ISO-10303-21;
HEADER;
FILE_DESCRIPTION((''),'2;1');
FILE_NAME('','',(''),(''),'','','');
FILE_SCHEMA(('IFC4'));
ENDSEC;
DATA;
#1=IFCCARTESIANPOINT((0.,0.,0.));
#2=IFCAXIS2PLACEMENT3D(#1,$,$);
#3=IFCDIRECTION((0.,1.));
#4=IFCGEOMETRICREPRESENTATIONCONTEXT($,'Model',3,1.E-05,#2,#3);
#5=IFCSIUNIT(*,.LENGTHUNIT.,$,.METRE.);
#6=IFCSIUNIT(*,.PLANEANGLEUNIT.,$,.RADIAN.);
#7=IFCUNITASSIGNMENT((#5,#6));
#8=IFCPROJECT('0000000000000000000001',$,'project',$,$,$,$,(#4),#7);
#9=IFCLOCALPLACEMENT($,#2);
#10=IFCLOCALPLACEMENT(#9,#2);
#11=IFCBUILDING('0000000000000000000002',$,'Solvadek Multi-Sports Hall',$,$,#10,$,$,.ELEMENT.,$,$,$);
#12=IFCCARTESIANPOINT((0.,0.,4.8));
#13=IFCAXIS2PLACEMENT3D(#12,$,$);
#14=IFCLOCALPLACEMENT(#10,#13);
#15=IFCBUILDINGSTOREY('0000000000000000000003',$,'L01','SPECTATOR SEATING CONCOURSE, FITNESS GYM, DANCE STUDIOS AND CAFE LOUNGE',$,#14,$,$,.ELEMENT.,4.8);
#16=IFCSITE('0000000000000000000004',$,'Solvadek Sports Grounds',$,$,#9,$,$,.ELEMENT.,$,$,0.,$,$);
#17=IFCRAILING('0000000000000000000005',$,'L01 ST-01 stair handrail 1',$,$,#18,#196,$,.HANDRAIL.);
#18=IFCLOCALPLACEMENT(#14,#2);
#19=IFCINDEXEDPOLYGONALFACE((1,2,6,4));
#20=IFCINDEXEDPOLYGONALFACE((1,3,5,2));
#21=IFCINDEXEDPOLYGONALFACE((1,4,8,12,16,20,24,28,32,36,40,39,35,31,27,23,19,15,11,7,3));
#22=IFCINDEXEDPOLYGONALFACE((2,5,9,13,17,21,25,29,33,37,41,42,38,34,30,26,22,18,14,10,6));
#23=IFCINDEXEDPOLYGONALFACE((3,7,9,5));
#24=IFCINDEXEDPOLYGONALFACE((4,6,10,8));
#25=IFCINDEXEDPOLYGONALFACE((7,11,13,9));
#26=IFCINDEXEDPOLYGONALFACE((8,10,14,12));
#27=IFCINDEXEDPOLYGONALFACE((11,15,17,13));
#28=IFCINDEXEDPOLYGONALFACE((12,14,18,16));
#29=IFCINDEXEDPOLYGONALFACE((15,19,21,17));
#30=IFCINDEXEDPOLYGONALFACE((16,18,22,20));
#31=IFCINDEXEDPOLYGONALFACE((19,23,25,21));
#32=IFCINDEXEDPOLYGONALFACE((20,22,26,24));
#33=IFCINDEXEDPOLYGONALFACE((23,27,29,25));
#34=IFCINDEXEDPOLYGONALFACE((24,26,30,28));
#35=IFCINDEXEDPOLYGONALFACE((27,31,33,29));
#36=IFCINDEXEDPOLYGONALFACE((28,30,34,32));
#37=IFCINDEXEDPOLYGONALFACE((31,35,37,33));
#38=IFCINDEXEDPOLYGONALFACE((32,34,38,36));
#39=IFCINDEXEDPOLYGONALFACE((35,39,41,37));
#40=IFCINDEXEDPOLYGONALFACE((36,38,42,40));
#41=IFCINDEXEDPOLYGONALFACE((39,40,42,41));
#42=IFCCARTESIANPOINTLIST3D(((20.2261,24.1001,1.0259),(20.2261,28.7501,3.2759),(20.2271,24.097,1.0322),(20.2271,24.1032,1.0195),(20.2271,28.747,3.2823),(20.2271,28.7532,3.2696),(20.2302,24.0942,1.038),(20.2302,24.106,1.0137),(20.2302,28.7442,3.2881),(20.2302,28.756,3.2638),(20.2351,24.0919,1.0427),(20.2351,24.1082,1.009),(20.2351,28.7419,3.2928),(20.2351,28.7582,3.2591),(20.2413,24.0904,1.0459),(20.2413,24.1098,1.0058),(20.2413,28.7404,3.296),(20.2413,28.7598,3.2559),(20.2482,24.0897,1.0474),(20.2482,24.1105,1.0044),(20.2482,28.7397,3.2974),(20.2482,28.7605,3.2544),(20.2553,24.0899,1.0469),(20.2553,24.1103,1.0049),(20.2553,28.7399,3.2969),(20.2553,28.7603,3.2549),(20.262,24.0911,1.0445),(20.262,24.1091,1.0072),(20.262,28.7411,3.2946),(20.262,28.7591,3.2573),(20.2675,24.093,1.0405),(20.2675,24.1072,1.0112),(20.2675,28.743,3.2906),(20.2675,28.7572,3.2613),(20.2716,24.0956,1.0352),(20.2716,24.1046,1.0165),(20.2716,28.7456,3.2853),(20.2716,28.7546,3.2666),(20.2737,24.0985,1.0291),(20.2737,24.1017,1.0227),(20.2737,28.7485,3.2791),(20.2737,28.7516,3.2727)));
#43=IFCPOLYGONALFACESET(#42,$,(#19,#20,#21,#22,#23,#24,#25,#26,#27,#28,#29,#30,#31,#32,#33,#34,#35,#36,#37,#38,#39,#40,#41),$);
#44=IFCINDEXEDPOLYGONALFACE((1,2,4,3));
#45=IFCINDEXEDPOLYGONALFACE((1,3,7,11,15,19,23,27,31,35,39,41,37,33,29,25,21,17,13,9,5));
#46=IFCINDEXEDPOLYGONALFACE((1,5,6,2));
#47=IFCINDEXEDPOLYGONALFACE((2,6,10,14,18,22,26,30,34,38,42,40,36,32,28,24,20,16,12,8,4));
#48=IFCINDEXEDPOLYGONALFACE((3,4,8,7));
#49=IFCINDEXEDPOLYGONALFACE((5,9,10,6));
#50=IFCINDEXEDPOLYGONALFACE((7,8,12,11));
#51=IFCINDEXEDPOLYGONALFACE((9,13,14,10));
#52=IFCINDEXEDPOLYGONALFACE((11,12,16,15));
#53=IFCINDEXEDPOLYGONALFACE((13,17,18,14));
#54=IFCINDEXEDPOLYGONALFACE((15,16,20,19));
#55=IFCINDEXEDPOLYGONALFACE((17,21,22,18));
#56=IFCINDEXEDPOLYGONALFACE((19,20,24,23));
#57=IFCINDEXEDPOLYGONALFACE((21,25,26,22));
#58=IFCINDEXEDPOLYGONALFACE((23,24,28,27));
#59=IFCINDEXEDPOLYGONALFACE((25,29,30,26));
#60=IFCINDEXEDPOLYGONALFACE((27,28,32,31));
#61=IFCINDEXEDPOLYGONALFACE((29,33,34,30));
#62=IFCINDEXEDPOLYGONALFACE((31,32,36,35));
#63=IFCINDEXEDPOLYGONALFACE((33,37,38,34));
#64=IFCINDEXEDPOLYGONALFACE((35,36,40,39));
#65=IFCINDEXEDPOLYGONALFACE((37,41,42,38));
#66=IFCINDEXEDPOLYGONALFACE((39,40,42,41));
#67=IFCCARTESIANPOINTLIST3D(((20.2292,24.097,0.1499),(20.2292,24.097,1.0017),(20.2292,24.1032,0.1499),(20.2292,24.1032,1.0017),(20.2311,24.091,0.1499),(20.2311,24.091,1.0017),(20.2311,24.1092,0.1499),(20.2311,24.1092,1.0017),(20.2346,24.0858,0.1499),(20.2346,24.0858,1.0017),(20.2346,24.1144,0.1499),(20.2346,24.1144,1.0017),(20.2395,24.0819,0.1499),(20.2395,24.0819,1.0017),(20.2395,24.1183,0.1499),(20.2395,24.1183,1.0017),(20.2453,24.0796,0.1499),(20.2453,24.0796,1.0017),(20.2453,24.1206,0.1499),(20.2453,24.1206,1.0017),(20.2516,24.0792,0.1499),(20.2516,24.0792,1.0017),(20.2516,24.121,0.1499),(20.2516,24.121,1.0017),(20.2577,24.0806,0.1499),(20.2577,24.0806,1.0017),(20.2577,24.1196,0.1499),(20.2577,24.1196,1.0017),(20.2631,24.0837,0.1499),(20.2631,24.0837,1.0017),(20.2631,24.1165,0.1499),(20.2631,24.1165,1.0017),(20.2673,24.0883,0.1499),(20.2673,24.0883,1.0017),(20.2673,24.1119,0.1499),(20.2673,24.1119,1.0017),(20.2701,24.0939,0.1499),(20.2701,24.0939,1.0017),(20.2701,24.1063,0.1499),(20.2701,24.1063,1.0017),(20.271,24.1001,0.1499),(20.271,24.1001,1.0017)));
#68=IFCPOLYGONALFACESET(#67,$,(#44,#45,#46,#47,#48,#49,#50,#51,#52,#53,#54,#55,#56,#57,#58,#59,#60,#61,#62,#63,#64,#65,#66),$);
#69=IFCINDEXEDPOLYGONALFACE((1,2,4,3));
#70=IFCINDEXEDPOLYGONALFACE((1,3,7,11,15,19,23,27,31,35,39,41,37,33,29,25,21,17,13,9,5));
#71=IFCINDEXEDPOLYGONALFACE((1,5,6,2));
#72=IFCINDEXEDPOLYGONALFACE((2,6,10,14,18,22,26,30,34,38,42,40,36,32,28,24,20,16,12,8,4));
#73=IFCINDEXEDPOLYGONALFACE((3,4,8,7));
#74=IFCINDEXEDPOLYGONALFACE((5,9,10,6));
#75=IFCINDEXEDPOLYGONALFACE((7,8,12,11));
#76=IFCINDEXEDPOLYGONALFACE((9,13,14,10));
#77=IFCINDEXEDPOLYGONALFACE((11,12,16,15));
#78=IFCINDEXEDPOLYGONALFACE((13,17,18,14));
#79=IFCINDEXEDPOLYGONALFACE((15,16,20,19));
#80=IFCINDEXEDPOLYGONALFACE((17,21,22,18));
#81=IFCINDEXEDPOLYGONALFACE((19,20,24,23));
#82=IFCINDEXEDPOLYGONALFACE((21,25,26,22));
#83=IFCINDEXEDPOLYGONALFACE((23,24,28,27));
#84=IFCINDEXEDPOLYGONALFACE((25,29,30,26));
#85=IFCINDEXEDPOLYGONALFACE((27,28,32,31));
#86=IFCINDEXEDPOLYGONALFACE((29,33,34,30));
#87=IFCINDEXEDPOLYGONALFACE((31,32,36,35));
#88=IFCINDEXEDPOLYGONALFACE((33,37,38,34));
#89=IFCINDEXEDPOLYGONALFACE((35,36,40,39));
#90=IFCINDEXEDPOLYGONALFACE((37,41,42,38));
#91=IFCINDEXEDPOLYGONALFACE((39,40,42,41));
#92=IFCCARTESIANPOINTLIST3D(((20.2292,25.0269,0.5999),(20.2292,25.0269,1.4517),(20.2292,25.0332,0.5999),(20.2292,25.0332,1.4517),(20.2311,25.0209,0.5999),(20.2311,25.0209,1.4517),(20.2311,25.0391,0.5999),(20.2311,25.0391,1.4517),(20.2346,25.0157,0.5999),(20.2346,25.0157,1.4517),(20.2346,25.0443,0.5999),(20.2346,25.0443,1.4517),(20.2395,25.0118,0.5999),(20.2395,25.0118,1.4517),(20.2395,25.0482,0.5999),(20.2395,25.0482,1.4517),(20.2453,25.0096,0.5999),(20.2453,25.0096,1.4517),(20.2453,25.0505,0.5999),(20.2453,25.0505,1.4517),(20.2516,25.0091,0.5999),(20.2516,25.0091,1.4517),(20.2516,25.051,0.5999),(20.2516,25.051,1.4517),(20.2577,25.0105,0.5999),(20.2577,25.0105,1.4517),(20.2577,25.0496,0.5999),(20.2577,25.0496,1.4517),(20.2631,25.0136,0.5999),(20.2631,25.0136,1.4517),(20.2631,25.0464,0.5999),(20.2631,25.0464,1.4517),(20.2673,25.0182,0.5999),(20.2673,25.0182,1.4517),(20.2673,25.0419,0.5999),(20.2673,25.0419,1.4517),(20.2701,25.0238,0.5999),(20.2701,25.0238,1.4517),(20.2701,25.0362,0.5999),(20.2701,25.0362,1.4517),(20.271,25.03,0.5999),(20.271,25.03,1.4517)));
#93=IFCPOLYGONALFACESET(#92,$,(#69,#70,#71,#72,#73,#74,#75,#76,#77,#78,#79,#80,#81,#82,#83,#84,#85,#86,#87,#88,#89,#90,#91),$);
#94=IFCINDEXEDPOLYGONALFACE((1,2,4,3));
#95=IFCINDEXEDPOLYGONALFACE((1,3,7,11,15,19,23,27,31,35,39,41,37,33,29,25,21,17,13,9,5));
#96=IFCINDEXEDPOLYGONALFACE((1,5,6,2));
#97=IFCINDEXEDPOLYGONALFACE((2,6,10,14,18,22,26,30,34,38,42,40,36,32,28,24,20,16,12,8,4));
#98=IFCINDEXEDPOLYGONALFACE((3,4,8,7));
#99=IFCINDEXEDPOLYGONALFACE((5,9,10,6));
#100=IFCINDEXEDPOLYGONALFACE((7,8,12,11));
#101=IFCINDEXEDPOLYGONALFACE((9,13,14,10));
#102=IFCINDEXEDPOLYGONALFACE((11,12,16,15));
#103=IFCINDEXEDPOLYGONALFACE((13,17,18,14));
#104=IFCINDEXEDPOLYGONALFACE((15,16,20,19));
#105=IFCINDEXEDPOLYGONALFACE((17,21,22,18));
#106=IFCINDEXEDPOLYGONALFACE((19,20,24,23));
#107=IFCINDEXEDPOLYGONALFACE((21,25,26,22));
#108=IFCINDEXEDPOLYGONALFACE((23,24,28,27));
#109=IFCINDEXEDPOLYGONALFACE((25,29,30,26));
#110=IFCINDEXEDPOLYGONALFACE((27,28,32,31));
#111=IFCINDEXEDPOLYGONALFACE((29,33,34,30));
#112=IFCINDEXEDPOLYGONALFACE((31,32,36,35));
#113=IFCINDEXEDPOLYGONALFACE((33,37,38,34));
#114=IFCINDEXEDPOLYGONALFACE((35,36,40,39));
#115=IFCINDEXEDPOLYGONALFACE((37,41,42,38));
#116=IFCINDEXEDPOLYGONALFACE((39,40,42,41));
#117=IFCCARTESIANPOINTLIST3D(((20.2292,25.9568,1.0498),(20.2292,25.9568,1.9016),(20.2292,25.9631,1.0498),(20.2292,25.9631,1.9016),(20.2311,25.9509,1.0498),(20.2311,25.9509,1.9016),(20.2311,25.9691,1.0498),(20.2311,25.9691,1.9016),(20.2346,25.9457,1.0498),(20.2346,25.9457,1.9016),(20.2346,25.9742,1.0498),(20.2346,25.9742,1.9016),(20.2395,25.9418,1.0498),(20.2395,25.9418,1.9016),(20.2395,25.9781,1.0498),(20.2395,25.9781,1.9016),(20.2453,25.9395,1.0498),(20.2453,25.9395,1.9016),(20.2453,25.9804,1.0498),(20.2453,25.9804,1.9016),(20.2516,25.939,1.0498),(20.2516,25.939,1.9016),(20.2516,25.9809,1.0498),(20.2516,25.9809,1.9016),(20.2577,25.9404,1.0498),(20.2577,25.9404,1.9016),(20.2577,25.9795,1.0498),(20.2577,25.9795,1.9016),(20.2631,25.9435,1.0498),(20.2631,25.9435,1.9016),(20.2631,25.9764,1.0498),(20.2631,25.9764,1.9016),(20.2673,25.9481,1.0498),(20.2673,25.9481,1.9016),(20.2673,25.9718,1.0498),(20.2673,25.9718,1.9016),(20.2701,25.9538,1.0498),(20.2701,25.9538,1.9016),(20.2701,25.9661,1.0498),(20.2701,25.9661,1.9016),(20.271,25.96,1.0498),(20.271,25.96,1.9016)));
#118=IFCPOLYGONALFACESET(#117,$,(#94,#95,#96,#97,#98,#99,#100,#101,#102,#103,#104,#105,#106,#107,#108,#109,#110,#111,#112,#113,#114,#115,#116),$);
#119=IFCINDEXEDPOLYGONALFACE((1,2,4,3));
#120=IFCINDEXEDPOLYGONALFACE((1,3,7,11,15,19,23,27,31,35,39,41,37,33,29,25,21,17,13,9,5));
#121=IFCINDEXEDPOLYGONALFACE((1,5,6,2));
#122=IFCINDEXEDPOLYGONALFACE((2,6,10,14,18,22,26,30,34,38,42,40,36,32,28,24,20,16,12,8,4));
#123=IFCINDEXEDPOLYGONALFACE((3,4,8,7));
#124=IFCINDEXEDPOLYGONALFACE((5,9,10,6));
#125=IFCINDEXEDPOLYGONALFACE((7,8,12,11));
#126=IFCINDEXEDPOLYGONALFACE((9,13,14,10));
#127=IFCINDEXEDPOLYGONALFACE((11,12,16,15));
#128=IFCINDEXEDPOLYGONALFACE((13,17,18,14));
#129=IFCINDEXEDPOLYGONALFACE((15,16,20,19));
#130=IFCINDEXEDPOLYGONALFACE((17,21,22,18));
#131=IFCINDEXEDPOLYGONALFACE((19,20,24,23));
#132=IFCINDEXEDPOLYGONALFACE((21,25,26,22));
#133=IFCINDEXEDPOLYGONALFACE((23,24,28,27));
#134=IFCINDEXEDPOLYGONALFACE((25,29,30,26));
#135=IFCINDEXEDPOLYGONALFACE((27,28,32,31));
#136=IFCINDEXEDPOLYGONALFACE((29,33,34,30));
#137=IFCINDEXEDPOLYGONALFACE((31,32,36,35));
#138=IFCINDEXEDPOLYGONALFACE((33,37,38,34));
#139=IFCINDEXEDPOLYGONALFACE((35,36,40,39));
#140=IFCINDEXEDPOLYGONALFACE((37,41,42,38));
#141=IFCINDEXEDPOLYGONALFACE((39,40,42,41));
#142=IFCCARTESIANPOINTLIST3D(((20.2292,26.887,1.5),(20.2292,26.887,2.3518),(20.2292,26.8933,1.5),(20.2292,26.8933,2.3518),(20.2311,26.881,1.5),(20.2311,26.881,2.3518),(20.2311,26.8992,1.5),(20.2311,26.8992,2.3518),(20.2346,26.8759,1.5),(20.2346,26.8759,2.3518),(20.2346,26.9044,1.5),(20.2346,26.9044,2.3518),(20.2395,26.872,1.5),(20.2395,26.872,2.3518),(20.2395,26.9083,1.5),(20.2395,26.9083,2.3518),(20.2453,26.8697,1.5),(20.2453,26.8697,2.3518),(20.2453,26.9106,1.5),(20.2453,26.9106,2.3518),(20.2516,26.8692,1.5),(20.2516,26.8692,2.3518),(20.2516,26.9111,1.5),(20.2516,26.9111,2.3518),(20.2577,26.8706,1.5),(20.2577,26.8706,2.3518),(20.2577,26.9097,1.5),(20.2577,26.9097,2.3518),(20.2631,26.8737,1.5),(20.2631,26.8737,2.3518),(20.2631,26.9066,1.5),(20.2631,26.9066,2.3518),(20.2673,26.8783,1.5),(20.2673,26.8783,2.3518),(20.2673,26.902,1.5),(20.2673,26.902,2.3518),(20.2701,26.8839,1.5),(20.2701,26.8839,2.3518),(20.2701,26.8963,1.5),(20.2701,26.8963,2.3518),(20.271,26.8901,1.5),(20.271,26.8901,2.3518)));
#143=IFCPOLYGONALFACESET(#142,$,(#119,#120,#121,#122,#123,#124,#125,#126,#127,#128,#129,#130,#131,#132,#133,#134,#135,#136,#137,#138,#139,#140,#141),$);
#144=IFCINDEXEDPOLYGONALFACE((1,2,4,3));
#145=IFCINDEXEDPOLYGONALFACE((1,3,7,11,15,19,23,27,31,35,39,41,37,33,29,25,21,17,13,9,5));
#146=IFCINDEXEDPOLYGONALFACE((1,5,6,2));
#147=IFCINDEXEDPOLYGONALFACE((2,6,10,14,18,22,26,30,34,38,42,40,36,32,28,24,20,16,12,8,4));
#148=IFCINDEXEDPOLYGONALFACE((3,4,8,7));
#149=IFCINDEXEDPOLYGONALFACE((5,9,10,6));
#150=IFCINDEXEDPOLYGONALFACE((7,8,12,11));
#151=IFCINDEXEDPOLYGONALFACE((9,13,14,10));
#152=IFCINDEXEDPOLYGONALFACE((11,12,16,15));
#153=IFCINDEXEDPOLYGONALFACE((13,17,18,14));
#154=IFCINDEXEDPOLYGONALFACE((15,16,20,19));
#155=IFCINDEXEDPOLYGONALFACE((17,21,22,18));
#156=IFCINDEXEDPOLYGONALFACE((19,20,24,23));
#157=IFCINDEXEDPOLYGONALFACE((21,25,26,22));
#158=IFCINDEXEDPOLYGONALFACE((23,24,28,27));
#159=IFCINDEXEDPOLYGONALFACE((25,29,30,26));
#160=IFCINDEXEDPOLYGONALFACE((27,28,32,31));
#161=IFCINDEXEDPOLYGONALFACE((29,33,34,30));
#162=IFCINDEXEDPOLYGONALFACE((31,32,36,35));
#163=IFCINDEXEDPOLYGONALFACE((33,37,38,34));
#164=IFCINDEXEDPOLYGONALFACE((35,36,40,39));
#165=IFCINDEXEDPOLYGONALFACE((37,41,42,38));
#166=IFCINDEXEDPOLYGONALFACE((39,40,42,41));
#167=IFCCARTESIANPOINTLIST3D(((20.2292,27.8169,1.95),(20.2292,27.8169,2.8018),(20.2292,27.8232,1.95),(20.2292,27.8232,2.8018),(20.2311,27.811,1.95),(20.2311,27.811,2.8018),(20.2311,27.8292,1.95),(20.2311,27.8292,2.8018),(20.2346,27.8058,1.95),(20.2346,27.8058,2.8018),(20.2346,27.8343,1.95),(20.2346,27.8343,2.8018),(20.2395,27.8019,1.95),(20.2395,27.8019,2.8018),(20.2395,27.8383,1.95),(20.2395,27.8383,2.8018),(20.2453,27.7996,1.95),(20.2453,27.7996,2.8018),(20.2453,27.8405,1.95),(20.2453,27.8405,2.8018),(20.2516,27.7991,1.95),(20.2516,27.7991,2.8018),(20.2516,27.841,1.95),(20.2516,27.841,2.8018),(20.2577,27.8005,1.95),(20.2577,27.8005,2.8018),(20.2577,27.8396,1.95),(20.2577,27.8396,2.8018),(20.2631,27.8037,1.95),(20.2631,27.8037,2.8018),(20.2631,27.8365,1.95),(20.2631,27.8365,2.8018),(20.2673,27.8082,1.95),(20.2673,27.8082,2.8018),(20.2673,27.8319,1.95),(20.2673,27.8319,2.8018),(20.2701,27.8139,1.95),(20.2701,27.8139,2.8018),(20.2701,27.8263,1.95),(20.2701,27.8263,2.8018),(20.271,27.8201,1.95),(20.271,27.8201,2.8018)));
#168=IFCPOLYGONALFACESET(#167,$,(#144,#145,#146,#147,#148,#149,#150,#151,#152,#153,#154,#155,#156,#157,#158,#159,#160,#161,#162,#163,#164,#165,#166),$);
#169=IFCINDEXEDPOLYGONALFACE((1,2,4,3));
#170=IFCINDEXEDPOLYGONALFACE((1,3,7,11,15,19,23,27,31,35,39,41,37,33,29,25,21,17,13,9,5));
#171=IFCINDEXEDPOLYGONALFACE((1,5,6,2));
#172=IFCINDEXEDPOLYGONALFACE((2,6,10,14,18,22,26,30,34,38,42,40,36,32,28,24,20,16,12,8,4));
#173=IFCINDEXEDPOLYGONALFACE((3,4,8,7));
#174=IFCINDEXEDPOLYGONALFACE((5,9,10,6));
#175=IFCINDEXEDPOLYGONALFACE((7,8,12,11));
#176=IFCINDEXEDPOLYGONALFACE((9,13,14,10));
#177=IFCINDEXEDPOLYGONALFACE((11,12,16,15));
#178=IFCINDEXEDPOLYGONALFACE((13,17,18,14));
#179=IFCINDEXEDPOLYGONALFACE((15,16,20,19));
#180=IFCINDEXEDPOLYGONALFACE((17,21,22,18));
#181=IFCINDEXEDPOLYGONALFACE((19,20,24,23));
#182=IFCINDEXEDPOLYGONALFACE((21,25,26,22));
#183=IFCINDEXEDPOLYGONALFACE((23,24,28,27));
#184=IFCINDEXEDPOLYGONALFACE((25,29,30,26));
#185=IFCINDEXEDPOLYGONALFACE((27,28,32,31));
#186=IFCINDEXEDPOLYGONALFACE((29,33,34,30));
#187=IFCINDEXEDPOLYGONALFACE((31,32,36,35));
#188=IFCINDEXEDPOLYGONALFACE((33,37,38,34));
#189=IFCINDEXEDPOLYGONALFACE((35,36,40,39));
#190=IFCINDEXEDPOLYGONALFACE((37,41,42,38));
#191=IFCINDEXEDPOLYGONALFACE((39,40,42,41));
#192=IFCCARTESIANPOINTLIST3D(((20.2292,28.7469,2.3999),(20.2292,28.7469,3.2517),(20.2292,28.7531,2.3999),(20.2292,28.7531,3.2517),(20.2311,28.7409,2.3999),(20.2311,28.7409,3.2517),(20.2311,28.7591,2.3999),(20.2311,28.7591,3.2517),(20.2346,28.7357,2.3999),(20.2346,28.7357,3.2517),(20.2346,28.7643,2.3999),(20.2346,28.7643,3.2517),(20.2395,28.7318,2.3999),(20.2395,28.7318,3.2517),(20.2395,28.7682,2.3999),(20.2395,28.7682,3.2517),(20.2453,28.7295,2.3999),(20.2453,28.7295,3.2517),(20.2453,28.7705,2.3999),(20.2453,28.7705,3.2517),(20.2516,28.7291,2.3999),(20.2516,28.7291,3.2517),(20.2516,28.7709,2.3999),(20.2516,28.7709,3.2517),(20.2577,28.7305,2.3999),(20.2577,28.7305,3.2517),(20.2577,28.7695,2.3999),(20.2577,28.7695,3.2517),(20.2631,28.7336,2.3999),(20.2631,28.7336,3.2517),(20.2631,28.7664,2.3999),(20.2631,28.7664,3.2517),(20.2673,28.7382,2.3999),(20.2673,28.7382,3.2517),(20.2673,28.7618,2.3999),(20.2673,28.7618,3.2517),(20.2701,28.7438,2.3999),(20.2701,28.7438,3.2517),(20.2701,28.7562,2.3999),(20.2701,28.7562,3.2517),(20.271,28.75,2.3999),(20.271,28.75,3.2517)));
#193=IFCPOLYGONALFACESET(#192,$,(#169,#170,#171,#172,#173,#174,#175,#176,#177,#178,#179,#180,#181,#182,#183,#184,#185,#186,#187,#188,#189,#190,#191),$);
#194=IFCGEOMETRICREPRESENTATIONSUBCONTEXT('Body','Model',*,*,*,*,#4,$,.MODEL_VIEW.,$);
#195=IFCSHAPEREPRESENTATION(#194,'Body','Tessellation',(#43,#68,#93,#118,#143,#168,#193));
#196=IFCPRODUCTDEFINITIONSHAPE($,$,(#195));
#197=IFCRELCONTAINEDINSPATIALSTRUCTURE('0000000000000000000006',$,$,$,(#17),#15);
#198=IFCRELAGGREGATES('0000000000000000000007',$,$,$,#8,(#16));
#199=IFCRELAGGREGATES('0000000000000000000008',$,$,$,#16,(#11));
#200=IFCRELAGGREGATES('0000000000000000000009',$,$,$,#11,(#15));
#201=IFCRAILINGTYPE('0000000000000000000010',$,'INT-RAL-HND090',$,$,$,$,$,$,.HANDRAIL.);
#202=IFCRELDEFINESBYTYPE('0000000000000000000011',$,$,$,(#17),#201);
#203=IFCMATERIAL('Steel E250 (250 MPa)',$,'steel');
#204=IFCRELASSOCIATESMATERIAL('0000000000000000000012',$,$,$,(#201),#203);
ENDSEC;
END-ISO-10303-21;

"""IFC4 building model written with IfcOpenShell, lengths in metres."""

from ifc_helpers import new_model, si_unit, direction, frame, origin, origin_2d, place, context, subcontext, project, spatial, circle, extrude, material, type_object, element, save


model = new_model("IFC4")

# Units and contexts
model_context = context("Model", 3, precision=1e-05, world=origin(), true_north=direction((0.0, 1.0)))
body_context = subcontext(model_context, "Body", "Model", "MODEL_VIEW")
ifc_project = project(units=[si_unit("LENGTHUNIT", "METRE"), si_unit("PLANEANGLEUNIT", "RADIAN")], contexts=[model_context])

# Site, building, storey
site_placement = place(None, origin())
site = spatial("IfcSite", under=ifc_project, at=site_placement, Name="Solvadek Sports Grounds", CompositionType="ELEMENT", RefElevation=0.0)
building_placement = place(site_placement, origin())
building = spatial("IfcBuilding", under=site, at=building_placement, Name="Solvadek Multi-Sports Hall", CompositionType="ELEMENT")
storey_placement = place(building_placement, frame((0.0, 0.0, 4.8)))
storey = spatial("IfcBuildingStorey", under=building, at=storey_placement, Name="L01", Description="SPECTATOR SEATING CONCOURSE, FITNESS GYM, DANCE STUDIOS AND CAFE LOUNGE", CompositionType="ELEMENT", Elevation=4.8)

# Shared definitions
ifc_material_1 = material(Name="Steel E250 (250 MPa)", Category="steel")

# Railing
railing_type_1 = type_object("IfcRailingType", Name="INT-RAL-HND090", PredefinedType="HANDRAIL", material=ifc_material_1)
railing_1_placement = place(storey_placement, frame((20.25, 24.1001, 0.1499)))
element("IfcRailing", 1, at=railing_1_placement, inside=storey, type_object=railing_type_1, Name="L01 ST-01 stair handrail 1", PredefinedType="HANDRAIL", context=body_context, shape_type="SweptSolid", body=[
    extrude(circle(Radius=0.0239, at=origin_2d()), frame((0.0, 0.0, 0.876), z_axis=(0.0, 0.900156, 0.435568), x_axis=(-1.0, 0.0, 0.0)), (0.0, 0.0, 1.0), 5.1658),
    extrude(circle(Radius=0.021, at=origin_2d()), origin(), (0.0, 0.0, 1.0), 0.8518),
    extrude(circle(Radius=0.021, at=origin_2d()), frame((0.0, 0.9299, 0.45)), (0.0, 0.0, 1.0), 0.8518),
    extrude(circle(Radius=0.021, at=origin_2d()), frame((0.0, 1.8599, 0.8999)), (0.0, 0.0, 1.0), 0.8518),
    extrude(circle(Radius=0.021, at=origin_2d()), frame((0.0, 2.79, 1.3501)), (0.0, 0.0, 1.0), 0.8518),
    extrude(circle(Radius=0.021, at=origin_2d()), frame((0.0, 3.72, 1.8)), (0.0, 0.0, 1.0), 0.8518),
    extrude(circle(Radius=0.021, at=origin_2d()), frame((0.0, 4.6499, 2.25)), (0.0, 0.0, 1.0), 0.8518),
])

save(model, "model.ifc")
